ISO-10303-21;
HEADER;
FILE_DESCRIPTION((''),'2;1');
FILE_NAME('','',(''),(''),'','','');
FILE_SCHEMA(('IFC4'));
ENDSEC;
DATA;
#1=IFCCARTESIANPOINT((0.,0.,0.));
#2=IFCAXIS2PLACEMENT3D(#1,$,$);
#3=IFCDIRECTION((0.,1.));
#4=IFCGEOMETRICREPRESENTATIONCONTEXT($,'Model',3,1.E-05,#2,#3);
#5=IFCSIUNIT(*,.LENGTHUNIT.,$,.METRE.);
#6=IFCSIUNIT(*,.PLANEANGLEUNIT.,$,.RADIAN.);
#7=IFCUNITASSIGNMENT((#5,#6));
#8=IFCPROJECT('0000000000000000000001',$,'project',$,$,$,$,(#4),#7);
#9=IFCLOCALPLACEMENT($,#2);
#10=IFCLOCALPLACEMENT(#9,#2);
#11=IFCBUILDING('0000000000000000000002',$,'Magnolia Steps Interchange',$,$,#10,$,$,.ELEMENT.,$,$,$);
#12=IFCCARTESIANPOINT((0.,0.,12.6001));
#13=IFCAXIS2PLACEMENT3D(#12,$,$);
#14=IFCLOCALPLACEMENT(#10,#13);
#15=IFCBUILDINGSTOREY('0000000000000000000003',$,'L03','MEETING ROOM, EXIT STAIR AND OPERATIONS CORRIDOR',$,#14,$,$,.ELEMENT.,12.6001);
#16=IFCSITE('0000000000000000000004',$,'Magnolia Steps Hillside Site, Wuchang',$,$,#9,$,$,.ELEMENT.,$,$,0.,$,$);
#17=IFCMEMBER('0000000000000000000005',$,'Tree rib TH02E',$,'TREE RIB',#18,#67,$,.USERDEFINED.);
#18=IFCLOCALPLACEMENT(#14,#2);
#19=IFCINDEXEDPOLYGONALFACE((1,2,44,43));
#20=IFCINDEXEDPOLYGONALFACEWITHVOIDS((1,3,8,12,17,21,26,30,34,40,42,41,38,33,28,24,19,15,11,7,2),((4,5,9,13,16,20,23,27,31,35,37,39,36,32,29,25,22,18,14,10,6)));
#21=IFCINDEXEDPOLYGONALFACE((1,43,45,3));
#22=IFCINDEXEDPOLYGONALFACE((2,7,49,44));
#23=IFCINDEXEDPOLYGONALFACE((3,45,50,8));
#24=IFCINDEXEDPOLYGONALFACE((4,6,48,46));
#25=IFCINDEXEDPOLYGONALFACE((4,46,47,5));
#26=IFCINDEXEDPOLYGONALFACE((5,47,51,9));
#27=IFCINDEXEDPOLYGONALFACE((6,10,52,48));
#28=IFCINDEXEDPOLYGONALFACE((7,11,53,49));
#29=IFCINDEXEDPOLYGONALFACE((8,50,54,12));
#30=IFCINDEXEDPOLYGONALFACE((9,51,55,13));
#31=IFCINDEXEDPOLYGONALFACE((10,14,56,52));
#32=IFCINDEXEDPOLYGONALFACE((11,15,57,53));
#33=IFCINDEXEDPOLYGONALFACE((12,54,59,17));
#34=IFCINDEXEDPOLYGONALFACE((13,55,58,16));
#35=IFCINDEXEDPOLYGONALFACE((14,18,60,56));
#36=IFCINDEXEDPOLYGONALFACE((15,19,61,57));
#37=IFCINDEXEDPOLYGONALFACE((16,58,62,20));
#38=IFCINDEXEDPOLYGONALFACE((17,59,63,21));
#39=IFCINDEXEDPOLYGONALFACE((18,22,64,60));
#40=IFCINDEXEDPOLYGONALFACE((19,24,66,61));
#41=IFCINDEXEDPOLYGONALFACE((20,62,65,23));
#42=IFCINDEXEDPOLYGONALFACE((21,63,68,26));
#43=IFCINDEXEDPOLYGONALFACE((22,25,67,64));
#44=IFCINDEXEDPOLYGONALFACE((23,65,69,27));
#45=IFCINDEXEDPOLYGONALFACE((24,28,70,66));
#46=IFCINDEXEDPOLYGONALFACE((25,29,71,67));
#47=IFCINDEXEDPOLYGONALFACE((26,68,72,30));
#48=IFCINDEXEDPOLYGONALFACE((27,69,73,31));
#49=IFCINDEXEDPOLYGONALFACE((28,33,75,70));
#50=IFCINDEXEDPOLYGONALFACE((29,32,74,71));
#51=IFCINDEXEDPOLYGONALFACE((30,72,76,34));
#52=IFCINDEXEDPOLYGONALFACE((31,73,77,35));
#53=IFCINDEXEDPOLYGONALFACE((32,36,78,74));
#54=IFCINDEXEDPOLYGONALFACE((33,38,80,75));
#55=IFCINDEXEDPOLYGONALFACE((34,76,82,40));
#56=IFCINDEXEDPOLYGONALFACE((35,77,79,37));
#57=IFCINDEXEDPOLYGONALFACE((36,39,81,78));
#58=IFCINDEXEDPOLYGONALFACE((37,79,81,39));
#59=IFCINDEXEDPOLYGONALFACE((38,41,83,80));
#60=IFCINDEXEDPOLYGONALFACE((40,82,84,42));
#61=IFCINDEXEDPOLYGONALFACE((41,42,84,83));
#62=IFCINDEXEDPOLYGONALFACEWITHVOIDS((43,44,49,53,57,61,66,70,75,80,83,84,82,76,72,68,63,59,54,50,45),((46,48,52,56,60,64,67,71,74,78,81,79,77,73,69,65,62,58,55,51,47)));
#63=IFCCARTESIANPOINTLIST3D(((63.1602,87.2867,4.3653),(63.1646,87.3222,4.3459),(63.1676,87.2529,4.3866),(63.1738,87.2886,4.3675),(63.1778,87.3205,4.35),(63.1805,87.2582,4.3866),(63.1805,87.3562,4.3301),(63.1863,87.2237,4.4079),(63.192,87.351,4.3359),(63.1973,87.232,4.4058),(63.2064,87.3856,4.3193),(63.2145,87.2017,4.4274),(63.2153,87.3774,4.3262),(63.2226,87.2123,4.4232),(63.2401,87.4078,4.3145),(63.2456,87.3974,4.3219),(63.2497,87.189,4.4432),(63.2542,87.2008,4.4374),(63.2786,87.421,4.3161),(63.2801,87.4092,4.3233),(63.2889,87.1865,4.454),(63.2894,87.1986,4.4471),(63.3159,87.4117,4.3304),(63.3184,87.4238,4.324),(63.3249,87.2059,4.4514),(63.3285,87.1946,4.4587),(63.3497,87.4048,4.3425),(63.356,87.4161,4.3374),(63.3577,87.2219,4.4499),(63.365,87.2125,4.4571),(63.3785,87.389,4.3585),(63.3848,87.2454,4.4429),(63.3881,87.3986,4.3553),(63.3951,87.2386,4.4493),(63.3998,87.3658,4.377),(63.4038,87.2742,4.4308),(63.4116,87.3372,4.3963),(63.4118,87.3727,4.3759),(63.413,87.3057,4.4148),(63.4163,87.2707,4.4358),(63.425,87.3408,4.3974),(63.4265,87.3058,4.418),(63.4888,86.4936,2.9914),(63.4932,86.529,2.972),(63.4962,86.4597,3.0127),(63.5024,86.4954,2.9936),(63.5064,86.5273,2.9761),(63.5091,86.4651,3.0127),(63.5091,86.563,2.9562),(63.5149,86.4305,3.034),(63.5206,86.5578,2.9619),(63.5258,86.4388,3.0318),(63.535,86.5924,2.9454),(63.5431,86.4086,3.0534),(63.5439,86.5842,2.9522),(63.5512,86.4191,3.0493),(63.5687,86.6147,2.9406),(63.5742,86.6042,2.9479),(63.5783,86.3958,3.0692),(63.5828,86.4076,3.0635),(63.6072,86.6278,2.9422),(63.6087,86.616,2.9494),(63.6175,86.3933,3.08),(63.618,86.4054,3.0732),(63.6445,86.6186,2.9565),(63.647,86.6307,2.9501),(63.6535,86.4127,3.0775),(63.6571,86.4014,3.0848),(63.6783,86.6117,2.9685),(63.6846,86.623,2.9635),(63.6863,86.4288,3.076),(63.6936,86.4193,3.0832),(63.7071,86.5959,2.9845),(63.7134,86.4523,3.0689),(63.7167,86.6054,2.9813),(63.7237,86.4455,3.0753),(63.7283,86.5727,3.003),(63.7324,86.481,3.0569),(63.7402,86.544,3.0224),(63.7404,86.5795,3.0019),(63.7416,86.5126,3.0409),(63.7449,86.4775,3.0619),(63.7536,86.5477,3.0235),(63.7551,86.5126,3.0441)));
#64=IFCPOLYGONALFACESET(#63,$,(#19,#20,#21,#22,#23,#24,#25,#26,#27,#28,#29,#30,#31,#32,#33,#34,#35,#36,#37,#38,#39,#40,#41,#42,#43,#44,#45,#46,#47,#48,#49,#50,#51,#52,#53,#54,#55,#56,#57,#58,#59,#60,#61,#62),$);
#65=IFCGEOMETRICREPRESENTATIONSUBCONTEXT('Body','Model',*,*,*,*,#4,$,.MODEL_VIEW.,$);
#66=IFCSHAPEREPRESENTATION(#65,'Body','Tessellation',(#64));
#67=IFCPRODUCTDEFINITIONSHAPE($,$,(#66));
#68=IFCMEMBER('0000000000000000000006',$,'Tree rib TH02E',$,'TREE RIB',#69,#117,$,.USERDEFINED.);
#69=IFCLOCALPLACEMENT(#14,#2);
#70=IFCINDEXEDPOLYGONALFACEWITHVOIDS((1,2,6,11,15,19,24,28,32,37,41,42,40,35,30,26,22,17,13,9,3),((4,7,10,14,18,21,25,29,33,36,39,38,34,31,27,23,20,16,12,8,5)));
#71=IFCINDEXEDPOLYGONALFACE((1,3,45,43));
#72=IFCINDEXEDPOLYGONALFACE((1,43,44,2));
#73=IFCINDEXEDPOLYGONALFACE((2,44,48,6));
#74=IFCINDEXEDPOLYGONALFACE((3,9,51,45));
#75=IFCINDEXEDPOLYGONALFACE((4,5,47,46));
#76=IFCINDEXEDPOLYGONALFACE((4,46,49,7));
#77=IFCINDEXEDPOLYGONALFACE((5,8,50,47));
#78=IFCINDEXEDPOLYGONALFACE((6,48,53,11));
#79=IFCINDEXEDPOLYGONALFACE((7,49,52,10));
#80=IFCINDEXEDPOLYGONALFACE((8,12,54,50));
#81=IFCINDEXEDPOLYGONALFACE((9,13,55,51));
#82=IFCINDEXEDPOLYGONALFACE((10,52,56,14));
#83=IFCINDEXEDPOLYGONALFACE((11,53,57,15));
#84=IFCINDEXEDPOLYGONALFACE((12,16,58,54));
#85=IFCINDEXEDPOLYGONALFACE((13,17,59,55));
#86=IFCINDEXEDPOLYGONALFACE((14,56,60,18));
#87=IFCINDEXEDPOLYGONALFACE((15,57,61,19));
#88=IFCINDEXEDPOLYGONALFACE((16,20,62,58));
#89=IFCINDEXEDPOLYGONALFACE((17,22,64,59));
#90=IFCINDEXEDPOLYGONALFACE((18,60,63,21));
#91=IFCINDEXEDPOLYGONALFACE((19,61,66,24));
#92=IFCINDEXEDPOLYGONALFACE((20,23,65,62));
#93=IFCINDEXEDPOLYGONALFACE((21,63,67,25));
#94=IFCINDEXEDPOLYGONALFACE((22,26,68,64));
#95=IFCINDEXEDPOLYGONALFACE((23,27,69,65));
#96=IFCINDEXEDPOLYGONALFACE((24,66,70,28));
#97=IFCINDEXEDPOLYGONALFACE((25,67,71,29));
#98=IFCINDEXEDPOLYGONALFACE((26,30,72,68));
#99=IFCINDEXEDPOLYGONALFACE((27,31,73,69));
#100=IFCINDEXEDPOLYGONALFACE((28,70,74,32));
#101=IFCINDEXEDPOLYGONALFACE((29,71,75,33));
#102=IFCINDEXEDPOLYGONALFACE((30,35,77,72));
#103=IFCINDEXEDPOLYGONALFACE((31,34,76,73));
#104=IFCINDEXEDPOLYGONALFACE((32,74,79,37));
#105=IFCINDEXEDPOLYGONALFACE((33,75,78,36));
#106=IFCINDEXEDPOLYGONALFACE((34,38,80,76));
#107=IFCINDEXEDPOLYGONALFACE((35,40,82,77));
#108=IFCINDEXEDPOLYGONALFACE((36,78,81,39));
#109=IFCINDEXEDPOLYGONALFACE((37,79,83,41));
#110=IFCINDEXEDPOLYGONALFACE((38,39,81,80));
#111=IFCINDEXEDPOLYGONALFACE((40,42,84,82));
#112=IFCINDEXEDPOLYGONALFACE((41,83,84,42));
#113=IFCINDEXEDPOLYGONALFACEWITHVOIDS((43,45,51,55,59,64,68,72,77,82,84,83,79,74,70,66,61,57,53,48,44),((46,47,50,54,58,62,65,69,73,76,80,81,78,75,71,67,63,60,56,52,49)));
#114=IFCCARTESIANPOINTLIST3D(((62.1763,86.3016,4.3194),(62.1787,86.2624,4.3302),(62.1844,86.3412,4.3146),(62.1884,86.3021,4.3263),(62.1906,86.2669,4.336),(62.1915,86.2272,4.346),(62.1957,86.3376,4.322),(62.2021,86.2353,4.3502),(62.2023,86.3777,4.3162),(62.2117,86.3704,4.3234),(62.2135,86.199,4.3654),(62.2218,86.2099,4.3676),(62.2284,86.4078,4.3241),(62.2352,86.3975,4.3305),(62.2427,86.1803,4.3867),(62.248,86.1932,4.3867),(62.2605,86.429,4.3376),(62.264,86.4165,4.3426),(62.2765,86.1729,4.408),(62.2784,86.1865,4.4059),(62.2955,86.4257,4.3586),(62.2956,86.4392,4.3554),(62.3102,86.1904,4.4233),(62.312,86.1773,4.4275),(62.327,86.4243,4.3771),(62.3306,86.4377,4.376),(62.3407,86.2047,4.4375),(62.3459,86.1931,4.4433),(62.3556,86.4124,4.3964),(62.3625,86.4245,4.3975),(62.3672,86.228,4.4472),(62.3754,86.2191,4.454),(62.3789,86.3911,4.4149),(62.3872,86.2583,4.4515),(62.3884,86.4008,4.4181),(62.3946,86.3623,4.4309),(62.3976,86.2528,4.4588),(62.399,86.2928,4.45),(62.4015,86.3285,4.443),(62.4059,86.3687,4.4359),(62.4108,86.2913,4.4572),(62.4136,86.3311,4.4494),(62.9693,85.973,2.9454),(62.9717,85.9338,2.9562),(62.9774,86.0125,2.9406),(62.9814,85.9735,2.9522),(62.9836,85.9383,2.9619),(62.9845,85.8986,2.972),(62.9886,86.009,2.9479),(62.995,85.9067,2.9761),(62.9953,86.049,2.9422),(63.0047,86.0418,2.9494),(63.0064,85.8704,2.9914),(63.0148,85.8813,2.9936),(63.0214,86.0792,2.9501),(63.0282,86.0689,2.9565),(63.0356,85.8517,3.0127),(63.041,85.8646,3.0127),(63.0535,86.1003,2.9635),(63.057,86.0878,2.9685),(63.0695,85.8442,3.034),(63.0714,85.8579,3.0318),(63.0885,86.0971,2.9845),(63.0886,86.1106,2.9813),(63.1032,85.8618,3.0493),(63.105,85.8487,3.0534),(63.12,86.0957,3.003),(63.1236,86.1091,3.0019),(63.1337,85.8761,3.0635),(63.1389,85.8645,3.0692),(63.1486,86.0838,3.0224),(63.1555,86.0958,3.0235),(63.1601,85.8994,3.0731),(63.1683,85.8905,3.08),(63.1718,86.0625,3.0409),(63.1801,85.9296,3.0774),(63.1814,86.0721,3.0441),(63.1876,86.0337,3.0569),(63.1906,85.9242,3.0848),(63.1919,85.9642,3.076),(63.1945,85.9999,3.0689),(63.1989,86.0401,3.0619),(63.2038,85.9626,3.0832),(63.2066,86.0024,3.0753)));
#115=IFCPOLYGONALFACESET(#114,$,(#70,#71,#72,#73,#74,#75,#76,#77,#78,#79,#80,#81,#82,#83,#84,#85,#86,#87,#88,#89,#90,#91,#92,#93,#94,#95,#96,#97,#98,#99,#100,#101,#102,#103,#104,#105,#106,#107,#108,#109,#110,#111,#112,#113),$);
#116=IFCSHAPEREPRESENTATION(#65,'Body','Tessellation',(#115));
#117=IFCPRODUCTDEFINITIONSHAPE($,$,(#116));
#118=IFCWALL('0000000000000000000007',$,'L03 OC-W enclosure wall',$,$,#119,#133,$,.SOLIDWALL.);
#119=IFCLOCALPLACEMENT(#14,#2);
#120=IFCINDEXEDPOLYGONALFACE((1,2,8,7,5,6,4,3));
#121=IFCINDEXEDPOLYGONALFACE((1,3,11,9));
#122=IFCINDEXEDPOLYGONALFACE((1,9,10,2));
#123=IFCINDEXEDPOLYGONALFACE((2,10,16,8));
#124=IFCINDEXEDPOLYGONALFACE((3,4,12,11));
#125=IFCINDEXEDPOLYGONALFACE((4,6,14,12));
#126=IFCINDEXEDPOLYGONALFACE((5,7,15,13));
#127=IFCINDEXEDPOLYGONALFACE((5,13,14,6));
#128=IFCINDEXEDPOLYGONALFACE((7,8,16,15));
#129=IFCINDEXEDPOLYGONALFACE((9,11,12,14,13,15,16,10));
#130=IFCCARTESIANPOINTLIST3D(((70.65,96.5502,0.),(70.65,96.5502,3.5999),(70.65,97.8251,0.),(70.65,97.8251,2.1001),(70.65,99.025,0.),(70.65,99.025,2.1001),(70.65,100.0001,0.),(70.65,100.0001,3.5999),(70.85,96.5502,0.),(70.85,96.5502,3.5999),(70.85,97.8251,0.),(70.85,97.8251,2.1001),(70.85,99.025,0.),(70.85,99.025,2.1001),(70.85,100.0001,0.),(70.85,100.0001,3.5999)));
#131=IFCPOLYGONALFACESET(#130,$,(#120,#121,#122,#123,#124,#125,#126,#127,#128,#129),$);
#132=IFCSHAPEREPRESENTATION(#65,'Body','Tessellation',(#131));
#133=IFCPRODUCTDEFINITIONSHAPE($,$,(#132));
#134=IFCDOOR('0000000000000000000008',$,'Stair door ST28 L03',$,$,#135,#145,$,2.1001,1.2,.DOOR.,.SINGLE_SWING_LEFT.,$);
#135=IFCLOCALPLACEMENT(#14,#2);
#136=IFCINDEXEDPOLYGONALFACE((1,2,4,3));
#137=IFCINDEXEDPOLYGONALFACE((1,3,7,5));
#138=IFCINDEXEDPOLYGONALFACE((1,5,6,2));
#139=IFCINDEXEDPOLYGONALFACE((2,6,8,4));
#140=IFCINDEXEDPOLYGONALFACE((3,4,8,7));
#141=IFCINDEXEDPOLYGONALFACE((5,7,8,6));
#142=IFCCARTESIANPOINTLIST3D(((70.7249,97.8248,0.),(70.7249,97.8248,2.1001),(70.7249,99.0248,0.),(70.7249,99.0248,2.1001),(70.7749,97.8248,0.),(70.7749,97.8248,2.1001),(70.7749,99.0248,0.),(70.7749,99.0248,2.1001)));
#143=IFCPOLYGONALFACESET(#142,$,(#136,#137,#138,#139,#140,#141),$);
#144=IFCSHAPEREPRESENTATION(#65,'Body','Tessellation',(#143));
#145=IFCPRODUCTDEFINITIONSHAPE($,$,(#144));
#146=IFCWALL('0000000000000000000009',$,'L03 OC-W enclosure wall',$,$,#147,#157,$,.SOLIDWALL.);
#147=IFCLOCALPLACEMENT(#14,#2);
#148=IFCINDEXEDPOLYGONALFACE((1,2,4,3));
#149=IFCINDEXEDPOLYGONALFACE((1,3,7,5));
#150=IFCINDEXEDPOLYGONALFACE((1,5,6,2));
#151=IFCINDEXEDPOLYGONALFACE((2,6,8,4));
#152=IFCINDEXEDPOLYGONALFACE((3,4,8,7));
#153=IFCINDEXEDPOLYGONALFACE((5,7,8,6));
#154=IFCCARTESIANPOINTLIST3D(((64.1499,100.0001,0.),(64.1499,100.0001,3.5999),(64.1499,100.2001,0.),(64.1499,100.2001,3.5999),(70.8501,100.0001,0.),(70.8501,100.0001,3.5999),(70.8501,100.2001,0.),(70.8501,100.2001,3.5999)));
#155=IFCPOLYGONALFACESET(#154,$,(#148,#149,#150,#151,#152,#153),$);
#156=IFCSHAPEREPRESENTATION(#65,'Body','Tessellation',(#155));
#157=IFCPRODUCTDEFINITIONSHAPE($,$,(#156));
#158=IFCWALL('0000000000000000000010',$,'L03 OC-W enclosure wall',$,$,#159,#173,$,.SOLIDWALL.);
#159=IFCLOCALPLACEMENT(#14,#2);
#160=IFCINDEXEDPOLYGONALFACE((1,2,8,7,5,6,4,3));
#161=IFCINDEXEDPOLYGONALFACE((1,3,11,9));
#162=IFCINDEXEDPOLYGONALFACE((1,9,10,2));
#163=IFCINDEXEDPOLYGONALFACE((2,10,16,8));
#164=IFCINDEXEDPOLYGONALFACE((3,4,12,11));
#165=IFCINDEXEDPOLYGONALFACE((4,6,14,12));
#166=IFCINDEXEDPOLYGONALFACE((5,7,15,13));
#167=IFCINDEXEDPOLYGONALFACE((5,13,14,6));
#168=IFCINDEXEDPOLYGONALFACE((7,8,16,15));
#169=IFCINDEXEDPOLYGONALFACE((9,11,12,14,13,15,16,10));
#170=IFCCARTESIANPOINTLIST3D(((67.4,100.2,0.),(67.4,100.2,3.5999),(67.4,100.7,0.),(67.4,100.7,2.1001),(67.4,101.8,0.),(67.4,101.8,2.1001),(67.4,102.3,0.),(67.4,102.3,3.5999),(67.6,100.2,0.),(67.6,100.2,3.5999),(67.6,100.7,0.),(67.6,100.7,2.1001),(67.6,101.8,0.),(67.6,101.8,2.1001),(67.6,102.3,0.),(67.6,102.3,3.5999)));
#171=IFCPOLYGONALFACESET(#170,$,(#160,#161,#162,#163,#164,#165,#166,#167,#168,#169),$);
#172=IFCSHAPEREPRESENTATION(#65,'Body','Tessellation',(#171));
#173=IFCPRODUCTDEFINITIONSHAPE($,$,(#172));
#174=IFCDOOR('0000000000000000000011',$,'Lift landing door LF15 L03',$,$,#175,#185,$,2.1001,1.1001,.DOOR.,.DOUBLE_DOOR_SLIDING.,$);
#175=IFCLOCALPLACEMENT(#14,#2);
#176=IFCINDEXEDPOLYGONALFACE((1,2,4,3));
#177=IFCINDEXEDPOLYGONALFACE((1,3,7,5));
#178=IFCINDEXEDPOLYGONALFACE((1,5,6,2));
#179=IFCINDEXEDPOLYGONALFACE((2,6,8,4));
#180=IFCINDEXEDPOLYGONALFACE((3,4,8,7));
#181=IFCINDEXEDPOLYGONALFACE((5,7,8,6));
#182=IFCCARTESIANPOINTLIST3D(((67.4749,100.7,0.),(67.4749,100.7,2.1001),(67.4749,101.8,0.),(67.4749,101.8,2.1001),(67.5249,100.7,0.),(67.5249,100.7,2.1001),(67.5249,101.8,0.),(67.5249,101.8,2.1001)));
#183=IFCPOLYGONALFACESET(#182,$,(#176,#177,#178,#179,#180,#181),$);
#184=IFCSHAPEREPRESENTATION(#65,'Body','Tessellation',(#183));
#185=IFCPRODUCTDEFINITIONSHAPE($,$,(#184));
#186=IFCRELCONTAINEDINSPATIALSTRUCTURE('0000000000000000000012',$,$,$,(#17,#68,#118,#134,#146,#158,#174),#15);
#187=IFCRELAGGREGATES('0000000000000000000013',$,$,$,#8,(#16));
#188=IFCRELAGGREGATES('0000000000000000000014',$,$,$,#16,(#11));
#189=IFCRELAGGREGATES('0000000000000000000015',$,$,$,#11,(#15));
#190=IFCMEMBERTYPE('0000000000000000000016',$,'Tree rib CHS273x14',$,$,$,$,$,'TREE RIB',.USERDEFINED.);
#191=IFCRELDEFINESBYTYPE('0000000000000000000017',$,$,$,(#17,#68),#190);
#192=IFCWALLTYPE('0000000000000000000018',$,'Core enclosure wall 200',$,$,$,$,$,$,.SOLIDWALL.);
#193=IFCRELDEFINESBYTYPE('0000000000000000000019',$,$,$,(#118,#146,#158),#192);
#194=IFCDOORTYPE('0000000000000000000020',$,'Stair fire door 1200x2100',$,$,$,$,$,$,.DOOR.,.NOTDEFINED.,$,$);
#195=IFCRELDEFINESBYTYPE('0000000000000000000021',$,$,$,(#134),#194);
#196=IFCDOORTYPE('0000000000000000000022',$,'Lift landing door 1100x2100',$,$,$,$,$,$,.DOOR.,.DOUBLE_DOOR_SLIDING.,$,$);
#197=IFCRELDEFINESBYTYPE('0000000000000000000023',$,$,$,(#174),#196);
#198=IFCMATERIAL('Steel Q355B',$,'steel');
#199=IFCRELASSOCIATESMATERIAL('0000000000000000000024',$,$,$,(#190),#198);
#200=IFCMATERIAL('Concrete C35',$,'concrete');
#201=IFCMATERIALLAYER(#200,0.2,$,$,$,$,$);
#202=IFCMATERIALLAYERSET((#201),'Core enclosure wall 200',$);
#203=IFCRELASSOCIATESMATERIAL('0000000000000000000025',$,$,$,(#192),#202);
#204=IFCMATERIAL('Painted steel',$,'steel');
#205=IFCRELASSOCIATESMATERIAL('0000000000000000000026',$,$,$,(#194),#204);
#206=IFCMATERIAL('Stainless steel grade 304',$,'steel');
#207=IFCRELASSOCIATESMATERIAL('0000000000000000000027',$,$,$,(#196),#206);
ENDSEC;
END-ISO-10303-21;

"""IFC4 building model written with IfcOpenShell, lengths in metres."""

from ifc_helpers import new_model, si_unit, direction, frame, frame_2d, origin, origin_2d, place, context, subcontext, project, spatial, rectangle, hollow_circle, extrude, material, layer, layer_set, material_profile, profile_set, type_object, element, fill, save


model = new_model("IFC4")

# Units and contexts
model_context = context("Model", 3, precision=1e-05, world=origin(), true_north=direction((0.0, 1.0)))
body_context = subcontext(model_context, "Body", "Model", "MODEL_VIEW")
ifc_project = project(units=[si_unit("LENGTHUNIT", "METRE"), si_unit("PLANEANGLEUNIT", "RADIAN")], contexts=[model_context])

# Site, building, storey
site_placement = place(None, origin())
site = spatial("IfcSite", under=ifc_project, at=site_placement, Name="Magnolia Steps Hillside Site, Wuchang", CompositionType="ELEMENT", RefElevation=0.0)
building_placement = place(site_placement, origin())
building = spatial("IfcBuilding", under=site, at=building_placement, Name="Magnolia Steps Interchange", CompositionType="ELEMENT")
storey_placement = place(building_placement, frame((0.0, 0.0, 12.6001)))
storey = spatial("IfcBuildingStorey", under=building, at=storey_placement, Name="L03", Description="MEETING ROOM, EXIT STAIR AND OPERATIONS CORRIDOR", CompositionType="ELEMENT", Elevation=12.6001)

# Members
ifc_material_1 = material(Name="Steel Q355B", Category="steel")
ifc_material_profile_1 = material_profile(ifc_material_1, hollow_circle(Radius=0.1365, WallThickness=0.0139, at=origin_2d()), Name="CHS273x14")
ifc_profile_set_1 = profile_set([ifc_material_profile_1], Name="Steel Q355B")
member_type = type_object("IfcMemberType", Name="Tree rib CHS273x14", ElementType="TREE RIB", PredefinedType="USERDEFINED", material=ifc_profile_set_1)
for number, where, z_axis, x_axis, name in (
    (1, (63.6223, 86.512, 3.0127), (-0.20282, 0.489571, 0.848047), (-0.923857, -0.382737, 0.0), "Tree rib TH02E"),
    (2, (63.0879, 85.9778, 3.0127), (-0.489456, 0.202835, 0.84811), (-0.382837, -0.923816, 0.0), "Tree rib TH02E"),
):
    element("IfcMember", number, at=place(storey_placement, frame(where, z_axis=z_axis, x_axis=x_axis)), inside=storey, type_object=member_type, Name=name, ObjectType="TREE RIB", PredefinedType="USERDEFINED", context=body_context, shape_type="SweptSolid", body=[
        extrude(hollow_circle(Radius=0.1365, WallThickness=0.0139, at=origin_2d()), origin(), (0.0, 0.0, 1.0), 1.6201),
    ])

# Wall, opening, door
ifc_material_2 = material(Name="Concrete C35", Category="concrete")
ifc_layer_1 = layer(ifc_material_2, 0.2)
ifc_layer_set_1 = layer_set([ifc_layer_1], Name="Core enclosure wall 200")
wall_type_1 = type_object("IfcWallType", Name="Core enclosure wall 200", PredefinedType="SOLIDWALL", material=ifc_layer_set_1)
wall_1_placement = place(storey_placement, frame((70.75, 96.55, 0.0), z_axis=(0.0, 0.0, 1.0), x_axis=(0.0, 1.0, 0.0)))
wall_1 = element("IfcWall", 3, at=wall_1_placement, inside=storey, type_object=wall_type_1, Name="L03 OC-W enclosure wall", PredefinedType="SOLIDWALL", context=body_context, shape_type="SweptSolid", body=[
    extrude(rectangle(XDim=3.45, YDim=0.2, at=frame_2d((1.7251, 0.0))), origin(), (0.0, 0.0, 1.0), 3.5999),
])
opening_1_placement = place(wall_1_placement, frame((1.2749, 0.0, 0.0)))
opening_1 = element("IfcOpeningElement", 4, at=opening_1_placement, cuts=wall_1, PredefinedType="OPENING", context=body_context, shape_type="SweptSolid", body=[
    extrude(rectangle(XDim=1.2, YDim=2.1001, at=frame_2d((0.6001, 1.05))), frame((0.0, 0.1099, 0.0), z_axis=(0.0, -1.0, 0.0), x_axis=(1.0, 0.0, 0.0)), (0.0, 0.0, 1.0), 0.22),
])
ifc_material_3 = material(Name="Painted steel", Category="steel")
door_type_1 = type_object("IfcDoorType", Name="Stair fire door 1200x2100", OperationType="NOTDEFINED", PredefinedType="DOOR", material=ifc_material_3)
door_1_placement = place(opening_1_placement, frame((1.2, 0.0, 0.0), z_axis=(0.0, 0.0, 1.0), x_axis=(-1.0, 0.0, 0.0)))
door_1 = element("IfcDoor", 5, at=door_1_placement, inside=storey, type_object=door_type_1, Name="Stair door ST28 L03", OperationType="SINGLE_SWING_LEFT", OverallHeight=2.1001, OverallWidth=1.2, PredefinedType="DOOR", context=body_context, shape_type="SweptSolid", body=[
    extrude(rectangle(XDim=1.2, YDim=2.1001, at=frame_2d((0.6001, 1.05))), frame((0.0, 0.0249, 0.0), z_axis=(0.0, -1.0, 0.0), x_axis=(1.0, 0.0, 0.0)), (0.0, 0.0, 1.0), 0.05),
])
fill(opening_1, door_1)

# Wall
wall_2_placement = place(storey_placement, frame((70.8501, 100.1001, 0.0), z_axis=(0.0, 0.0, 1.0), x_axis=(-1.0, 0.0, 0.0)))
element("IfcWall", 6, at=wall_2_placement, inside=storey, type_object=wall_type_1, Name="L03 OC-W enclosure wall", PredefinedType="SOLIDWALL", context=body_context, shape_type="SweptSolid", body=[
    extrude(rectangle(XDim=6.7002, YDim=0.2, at=frame_2d((3.3501, 0.0))), origin(), (0.0, 0.0, 1.0), 3.5999),
])

# Wall, opening, door
wall_3_placement = place(storey_placement, frame((67.5, 100.2, 0.0), z_axis=(0.0, 0.0, 1.0), x_axis=(0.0, 1.0, 0.0)))
wall_3 = element("IfcWall", 7, at=wall_3_placement, inside=storey, type_object=wall_type_1, Name="L03 OC-W enclosure wall", PredefinedType="SOLIDWALL", context=body_context, shape_type="SweptSolid", body=[
    extrude(rectangle(XDim=2.1001, YDim=0.2, at=frame_2d((1.05, 0.0))), origin(), (0.0, 0.0, 1.0), 3.5999),
])
opening_2_placement = place(wall_3_placement, frame((0.5, 0.0, 0.0)))
opening_2 = element("IfcOpeningElement", 8, at=opening_2_placement, cuts=wall_3, PredefinedType="OPENING", context=body_context, shape_type="SweptSolid", body=[
    extrude(rectangle(XDim=1.1001, YDim=2.1001, at=frame_2d((0.55, 1.05))), frame((0.0, 0.1099, 0.0), z_axis=(0.0, -1.0, 0.0), x_axis=(1.0, 0.0, 0.0)), (0.0, 0.0, 1.0), 0.22),
])
ifc_material_4 = material(Name="Stainless steel grade 304", Category="steel")
door_type_2 = type_object("IfcDoorType", Name="Lift landing door 1100x2100", OperationType="DOUBLE_DOOR_SLIDING", PredefinedType="DOOR", material=ifc_material_4)
door_2_placement = place(opening_2_placement, frame((1.1001, 0.0, 0.0), z_axis=(0.0, 0.0, 1.0), x_axis=(-1.0, 0.0, 0.0)))
door_2 = element("IfcDoor", 9, at=door_2_placement, inside=storey, type_object=door_type_2, Name="Lift landing door LF15 L03", OperationType="DOUBLE_DOOR_SLIDING", OverallHeight=2.1001, OverallWidth=1.1001, PredefinedType="DOOR", context=body_context, shape_type="SweptSolid", body=[
    extrude(rectangle(XDim=1.1001, YDim=2.1001, at=frame_2d((0.55, 1.05))), frame((0.0, 0.0249, 0.0), z_axis=(0.0, -1.0, 0.0), x_axis=(1.0, 0.0, 0.0)), (0.0, 0.0, 1.0), 0.05),
])
fill(opening_2, door_2)

save(model, "model.ifc")
